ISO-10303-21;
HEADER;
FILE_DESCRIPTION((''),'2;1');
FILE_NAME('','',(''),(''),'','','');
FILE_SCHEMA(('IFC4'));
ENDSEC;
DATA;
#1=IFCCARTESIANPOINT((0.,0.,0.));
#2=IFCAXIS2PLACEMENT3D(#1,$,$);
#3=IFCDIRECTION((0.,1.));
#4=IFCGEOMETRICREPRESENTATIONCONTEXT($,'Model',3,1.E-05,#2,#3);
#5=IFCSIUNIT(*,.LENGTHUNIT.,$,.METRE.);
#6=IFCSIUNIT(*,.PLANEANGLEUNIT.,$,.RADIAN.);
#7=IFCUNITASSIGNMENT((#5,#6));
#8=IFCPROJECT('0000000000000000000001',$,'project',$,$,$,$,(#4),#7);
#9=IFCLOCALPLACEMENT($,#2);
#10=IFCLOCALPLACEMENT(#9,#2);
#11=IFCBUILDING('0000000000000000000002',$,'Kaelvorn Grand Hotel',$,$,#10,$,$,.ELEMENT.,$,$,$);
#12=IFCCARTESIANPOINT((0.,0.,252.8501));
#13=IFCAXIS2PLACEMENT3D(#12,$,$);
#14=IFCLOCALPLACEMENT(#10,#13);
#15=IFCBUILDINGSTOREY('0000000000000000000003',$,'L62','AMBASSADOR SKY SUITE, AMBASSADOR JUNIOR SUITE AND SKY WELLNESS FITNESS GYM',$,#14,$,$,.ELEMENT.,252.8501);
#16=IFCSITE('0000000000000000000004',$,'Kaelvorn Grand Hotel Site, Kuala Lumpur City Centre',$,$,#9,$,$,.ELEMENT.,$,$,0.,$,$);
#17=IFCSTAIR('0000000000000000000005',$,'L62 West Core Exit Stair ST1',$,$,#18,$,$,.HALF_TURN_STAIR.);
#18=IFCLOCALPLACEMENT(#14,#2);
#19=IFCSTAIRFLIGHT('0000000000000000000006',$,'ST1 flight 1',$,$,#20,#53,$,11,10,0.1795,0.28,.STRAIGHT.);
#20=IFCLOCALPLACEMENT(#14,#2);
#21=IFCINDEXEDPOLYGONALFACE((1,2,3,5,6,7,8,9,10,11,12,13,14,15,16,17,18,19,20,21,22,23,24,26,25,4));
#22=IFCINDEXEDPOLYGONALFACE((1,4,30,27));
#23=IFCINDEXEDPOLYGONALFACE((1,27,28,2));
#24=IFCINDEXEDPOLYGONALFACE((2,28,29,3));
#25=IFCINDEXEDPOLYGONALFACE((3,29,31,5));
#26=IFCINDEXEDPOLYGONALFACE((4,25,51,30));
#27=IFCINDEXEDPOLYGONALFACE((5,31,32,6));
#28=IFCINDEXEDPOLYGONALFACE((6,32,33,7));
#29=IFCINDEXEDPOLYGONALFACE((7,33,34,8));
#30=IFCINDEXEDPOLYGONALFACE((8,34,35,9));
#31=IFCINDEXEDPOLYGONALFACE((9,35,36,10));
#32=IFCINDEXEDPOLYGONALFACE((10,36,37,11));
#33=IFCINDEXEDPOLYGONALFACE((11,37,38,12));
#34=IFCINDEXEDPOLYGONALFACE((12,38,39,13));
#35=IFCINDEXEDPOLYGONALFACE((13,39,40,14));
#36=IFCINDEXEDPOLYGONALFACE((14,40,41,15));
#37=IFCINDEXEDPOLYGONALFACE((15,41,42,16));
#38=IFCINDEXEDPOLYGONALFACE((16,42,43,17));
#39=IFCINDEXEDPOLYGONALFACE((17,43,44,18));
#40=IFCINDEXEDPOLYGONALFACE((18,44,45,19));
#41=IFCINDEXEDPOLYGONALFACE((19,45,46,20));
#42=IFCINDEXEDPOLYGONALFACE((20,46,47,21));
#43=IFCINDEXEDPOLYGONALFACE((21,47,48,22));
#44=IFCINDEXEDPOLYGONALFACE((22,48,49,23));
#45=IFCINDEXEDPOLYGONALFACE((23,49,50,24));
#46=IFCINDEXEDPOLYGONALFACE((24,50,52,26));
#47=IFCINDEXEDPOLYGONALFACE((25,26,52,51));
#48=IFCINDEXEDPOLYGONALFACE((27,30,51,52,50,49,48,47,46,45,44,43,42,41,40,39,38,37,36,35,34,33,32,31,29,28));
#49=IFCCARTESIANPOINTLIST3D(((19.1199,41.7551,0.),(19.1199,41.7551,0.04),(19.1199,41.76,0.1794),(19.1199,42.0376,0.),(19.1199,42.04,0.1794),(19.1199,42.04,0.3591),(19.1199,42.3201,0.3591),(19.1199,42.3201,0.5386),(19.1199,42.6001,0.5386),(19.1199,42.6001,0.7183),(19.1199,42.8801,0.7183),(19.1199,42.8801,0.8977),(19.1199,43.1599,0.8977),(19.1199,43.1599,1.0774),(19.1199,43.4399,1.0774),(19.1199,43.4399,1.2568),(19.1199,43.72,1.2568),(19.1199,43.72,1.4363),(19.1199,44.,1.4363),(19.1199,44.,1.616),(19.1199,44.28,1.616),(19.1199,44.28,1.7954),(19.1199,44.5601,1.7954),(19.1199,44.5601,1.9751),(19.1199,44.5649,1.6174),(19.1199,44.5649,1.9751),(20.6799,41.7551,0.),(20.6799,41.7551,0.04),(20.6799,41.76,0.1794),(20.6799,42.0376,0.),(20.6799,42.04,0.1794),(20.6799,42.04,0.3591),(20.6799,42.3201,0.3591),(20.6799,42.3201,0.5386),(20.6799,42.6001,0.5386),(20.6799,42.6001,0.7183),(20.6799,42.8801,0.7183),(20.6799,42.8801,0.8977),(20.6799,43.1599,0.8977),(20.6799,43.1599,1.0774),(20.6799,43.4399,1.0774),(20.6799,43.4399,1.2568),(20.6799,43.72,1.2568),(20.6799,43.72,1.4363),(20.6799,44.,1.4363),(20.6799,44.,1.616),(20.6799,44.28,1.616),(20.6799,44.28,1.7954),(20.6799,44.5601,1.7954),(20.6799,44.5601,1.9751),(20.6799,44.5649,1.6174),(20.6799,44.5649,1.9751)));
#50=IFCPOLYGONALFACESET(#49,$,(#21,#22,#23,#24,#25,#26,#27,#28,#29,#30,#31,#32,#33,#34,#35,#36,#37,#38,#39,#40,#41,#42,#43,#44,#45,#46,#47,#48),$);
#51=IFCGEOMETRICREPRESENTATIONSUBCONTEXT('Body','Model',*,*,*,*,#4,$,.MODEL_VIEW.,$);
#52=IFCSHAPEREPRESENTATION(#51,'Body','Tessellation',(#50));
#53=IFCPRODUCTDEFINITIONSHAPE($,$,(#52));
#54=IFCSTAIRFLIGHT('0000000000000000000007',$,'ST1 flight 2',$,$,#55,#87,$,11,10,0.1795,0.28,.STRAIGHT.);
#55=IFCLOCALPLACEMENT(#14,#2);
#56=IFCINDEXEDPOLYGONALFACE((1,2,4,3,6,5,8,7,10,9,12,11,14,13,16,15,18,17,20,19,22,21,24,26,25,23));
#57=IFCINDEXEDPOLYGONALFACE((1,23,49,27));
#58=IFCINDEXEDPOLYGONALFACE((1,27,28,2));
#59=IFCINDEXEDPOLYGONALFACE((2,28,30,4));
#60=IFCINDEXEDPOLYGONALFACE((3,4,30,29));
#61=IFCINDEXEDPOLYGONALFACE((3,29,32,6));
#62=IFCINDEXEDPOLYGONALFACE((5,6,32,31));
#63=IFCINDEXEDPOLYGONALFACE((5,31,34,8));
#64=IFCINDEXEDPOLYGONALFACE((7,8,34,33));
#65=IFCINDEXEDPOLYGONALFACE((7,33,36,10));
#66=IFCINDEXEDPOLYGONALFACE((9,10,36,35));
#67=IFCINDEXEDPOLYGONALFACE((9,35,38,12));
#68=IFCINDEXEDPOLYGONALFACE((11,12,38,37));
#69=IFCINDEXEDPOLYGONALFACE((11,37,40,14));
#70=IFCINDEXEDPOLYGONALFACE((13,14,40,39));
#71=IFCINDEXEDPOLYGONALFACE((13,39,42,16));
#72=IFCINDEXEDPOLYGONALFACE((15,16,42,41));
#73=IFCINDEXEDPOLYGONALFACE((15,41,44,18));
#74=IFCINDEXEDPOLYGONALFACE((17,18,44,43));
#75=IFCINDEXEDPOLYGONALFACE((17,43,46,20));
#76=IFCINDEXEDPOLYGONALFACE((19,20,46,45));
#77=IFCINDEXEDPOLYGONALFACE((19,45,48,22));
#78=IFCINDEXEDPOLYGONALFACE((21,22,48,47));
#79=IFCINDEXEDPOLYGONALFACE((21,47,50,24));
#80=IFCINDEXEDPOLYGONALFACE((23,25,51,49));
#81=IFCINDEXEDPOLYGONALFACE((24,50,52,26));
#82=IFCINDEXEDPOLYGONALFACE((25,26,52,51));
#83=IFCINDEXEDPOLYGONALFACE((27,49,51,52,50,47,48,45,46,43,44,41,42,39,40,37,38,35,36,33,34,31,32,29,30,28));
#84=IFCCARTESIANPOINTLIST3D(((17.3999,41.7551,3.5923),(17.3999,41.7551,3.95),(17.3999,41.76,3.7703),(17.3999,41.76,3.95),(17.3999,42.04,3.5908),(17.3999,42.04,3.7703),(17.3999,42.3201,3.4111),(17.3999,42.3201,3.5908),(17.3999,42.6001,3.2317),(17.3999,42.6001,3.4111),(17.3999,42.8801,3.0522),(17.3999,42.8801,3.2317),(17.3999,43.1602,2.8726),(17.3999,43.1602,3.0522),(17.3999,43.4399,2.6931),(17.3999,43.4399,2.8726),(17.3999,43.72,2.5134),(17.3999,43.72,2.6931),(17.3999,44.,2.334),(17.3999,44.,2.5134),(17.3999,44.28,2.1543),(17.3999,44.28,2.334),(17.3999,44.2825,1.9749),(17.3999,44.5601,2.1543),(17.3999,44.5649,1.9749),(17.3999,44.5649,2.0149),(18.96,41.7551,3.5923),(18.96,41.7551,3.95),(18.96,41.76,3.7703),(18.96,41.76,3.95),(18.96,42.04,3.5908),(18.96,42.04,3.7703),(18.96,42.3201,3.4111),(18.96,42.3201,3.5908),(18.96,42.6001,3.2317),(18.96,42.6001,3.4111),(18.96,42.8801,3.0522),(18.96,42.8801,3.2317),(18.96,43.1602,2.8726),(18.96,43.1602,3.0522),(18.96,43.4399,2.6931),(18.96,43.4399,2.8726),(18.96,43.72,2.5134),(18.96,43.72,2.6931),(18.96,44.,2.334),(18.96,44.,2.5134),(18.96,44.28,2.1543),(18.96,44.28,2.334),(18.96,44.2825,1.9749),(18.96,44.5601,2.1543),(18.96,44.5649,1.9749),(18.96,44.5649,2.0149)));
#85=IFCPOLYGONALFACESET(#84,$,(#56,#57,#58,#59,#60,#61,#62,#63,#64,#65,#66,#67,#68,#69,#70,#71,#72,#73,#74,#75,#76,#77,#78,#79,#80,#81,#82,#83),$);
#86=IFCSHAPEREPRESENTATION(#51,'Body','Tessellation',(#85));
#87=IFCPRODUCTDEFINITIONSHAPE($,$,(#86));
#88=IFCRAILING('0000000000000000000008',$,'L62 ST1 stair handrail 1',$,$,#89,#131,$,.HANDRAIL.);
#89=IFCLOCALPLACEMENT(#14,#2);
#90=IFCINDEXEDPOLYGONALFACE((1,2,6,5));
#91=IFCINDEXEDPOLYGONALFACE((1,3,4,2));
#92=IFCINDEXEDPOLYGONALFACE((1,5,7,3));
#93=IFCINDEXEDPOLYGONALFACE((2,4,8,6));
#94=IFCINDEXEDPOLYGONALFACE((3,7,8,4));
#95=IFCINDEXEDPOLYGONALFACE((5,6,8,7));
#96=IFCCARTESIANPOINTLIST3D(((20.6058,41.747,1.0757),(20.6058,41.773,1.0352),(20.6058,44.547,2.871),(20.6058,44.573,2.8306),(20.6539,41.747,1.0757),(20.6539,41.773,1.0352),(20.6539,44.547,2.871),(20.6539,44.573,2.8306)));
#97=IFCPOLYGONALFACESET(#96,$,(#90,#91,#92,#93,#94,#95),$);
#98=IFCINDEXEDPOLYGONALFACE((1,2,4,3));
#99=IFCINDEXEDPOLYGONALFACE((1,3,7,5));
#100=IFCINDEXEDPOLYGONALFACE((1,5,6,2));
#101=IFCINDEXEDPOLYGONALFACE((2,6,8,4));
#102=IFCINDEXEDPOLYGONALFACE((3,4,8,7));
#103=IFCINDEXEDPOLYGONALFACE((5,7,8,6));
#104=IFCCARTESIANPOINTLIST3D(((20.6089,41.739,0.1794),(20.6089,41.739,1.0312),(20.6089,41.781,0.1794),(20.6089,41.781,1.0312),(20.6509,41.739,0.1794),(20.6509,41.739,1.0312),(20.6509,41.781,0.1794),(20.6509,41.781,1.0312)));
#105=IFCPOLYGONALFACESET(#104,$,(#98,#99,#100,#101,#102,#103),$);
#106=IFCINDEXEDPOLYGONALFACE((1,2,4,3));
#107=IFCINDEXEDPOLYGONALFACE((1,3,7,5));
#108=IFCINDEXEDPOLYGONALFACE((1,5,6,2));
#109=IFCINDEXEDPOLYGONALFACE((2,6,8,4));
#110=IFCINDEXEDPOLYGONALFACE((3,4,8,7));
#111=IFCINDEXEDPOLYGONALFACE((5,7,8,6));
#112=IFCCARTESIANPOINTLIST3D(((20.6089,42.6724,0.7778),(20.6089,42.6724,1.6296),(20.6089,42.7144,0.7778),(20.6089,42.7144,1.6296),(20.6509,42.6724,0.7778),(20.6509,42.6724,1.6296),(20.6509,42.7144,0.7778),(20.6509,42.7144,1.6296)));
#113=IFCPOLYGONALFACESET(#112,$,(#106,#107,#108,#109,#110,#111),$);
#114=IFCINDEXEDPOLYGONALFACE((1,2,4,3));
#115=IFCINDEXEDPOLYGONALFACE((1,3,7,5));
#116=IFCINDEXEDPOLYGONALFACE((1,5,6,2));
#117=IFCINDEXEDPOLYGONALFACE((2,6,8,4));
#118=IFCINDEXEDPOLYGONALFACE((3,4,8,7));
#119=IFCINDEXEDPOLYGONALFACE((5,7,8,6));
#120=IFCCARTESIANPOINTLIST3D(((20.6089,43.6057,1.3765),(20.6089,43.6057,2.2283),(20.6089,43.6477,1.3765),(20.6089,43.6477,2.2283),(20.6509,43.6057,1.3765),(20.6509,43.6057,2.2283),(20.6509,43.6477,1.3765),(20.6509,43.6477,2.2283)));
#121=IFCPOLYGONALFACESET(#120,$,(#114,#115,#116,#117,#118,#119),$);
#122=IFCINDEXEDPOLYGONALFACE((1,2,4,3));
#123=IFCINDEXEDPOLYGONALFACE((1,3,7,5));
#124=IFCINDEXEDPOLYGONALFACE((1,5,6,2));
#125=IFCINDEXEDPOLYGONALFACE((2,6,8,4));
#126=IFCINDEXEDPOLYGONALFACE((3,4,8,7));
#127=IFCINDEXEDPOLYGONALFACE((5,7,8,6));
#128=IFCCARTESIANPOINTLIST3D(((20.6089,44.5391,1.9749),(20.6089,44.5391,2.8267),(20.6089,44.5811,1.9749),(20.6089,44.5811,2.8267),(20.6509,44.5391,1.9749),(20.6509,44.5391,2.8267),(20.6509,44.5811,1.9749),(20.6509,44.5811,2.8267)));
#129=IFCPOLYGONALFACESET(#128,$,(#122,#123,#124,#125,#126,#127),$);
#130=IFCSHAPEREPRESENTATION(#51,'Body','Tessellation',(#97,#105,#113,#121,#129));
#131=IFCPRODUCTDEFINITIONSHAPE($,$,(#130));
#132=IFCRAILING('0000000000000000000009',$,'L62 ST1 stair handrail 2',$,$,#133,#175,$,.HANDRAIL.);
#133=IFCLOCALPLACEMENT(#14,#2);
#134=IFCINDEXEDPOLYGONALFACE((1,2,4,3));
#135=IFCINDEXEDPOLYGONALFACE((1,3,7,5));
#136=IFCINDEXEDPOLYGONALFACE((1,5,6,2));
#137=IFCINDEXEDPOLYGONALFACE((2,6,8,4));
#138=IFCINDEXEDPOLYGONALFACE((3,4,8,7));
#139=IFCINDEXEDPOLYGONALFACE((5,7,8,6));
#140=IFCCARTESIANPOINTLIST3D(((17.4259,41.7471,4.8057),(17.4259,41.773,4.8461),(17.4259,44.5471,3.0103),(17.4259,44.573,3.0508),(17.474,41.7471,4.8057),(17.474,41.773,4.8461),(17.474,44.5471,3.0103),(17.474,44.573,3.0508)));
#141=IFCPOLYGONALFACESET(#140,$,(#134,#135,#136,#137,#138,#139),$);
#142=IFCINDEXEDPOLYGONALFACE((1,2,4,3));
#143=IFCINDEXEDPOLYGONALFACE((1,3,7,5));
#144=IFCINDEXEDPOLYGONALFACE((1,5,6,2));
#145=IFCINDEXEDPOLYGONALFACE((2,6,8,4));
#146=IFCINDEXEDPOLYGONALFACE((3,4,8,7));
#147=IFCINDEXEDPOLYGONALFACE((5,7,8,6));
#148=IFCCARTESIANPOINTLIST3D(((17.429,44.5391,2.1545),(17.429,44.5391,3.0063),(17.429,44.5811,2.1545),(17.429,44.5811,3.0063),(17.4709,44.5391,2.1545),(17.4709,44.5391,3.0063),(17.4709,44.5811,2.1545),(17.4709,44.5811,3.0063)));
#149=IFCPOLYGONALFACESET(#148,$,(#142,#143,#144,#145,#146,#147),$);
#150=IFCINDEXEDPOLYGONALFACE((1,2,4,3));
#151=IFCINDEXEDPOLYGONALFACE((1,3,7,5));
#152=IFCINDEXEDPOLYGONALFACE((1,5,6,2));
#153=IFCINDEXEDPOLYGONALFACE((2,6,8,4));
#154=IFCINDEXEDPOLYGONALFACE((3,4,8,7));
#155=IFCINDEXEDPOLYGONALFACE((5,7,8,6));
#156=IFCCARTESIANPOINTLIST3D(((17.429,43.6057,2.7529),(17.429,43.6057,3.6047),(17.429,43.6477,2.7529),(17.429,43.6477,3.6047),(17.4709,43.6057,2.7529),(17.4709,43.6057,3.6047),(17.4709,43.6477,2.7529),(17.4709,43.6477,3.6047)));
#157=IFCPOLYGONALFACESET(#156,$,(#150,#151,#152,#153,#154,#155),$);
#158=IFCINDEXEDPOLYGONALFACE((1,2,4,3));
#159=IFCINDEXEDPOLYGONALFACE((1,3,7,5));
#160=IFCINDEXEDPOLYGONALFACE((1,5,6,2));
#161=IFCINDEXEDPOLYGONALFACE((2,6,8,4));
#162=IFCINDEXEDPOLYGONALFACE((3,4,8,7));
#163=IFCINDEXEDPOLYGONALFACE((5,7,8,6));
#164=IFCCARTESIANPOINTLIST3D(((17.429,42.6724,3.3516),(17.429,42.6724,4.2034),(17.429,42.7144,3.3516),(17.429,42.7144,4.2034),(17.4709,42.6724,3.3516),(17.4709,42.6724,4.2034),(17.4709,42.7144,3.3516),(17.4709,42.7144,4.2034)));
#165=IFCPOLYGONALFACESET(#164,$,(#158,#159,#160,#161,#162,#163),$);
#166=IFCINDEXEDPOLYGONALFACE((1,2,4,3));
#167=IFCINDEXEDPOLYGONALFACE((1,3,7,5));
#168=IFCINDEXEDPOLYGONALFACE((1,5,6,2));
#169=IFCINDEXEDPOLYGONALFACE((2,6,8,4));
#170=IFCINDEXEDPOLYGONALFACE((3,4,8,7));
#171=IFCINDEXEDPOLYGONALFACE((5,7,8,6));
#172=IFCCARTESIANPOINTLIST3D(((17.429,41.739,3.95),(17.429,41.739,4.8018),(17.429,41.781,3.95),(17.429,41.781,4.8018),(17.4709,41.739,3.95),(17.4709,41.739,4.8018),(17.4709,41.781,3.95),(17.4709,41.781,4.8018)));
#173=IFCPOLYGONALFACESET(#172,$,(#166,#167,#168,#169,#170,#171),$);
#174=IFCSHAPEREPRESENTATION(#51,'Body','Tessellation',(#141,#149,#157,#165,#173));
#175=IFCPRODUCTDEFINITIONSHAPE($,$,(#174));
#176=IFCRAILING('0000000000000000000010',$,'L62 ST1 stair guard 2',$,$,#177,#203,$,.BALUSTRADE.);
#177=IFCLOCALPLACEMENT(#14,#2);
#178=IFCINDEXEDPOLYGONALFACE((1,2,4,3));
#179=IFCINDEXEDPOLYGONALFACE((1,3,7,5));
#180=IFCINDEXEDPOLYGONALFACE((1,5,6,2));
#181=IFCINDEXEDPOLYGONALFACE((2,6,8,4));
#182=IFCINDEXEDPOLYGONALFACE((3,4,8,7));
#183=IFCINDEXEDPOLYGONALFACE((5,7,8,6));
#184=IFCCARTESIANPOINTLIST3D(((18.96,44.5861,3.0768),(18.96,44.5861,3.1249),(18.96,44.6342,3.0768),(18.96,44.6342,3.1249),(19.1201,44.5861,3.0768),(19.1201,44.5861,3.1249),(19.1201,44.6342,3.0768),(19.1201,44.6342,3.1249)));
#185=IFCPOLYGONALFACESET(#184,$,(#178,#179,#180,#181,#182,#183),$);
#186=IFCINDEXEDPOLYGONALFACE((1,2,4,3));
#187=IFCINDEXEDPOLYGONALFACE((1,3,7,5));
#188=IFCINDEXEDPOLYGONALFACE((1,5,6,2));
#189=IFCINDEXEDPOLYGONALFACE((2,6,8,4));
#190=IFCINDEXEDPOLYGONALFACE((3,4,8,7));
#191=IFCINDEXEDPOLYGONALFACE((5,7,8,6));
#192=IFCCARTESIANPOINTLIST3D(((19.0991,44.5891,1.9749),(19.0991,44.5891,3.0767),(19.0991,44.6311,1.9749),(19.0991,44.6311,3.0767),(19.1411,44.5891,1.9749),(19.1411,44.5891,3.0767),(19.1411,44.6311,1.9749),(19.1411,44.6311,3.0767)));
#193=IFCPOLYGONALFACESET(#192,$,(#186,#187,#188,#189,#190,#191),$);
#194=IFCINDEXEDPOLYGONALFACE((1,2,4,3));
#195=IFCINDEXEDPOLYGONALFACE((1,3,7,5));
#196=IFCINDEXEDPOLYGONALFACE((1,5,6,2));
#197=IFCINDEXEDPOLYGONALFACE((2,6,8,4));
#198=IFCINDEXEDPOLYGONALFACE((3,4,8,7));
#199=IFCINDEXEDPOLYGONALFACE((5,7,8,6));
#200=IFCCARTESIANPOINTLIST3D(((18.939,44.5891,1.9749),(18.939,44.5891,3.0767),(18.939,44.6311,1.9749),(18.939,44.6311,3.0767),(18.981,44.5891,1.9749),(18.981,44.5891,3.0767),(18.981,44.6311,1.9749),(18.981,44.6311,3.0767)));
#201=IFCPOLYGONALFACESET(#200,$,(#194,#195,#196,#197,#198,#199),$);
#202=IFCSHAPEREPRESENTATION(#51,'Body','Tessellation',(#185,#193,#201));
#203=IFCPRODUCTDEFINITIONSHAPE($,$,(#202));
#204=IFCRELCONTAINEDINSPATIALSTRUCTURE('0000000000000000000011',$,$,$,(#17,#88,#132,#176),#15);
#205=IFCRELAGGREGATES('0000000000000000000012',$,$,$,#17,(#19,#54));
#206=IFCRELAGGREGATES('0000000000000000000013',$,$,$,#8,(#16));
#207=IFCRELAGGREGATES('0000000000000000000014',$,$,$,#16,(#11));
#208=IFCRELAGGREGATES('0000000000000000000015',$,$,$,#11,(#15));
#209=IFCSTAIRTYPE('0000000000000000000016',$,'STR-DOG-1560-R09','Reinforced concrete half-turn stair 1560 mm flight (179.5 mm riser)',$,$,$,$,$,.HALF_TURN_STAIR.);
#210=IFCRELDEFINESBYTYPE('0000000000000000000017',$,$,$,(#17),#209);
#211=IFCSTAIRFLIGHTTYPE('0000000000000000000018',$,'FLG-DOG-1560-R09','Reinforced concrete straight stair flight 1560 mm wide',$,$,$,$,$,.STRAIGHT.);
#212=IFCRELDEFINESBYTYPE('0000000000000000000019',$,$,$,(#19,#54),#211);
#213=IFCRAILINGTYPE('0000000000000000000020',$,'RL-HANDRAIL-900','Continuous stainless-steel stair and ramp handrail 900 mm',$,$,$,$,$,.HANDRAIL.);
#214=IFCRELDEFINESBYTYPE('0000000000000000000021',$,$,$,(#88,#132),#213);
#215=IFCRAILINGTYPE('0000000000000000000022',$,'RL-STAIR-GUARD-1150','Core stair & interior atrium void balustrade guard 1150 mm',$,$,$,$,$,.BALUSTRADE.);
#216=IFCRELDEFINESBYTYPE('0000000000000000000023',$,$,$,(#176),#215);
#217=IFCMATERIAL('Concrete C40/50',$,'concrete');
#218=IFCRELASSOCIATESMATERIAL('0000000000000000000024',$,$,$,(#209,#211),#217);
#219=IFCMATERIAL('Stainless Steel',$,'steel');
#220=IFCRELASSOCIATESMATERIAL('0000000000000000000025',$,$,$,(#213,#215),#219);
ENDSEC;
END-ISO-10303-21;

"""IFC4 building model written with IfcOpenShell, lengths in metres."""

from ifc_helpers import new_model, si_unit, direction, frame, origin, origin_2d, place, context, subcontext, project, spatial, polyline, rectangle, outline, extrude, material, type_object, element, aggregate, save


model = new_model("IFC4")

# Units and contexts
model_context = context("Model", 3, precision=1e-05, world=origin(), true_north=direction((0.0, 1.0)))
body_context = subcontext(model_context, "Body", "Model", "MODEL_VIEW")
ifc_project = project(units=[si_unit("LENGTHUNIT", "METRE"), si_unit("PLANEANGLEUNIT", "RADIAN")], contexts=[model_context])

# Site, building, storey
site_placement = place(None, origin())
site = spatial("IfcSite", under=ifc_project, at=site_placement, Name="Kaelvorn Grand Hotel Site, Kuala Lumpur City Centre", CompositionType="ELEMENT", RefElevation=0.0)
building_placement = place(site_placement, origin())
building = spatial("IfcBuilding", under=site, at=building_placement, Name="Kaelvorn Grand Hotel", CompositionType="ELEMENT")
storey_placement = place(building_placement, frame((0.0, 0.0, 252.8501)))
storey = spatial("IfcBuildingStorey", under=building, at=storey_placement, Name="L62", Description="AMBASSADOR SKY SUITE, AMBASSADOR JUNIOR SUITE AND SKY WELLNESS FITNESS GYM", CompositionType="ELEMENT", Elevation=252.8501)

# Shared definitions
ifc_material_1 = material(Name="Concrete C40/50", Category="concrete")

# Stair, stair flights
stair_type = type_object("IfcStairType", Name="STR-DOG-1560-R09", Description="Reinforced concrete half-turn stair 1560 mm flight (179.5 mm riser)", PredefinedType="HALF_TURN_STAIR", material=ifc_material_1)
stair_placement = place(storey_placement, origin())
stair = element("IfcStair", 1, at=stair_placement, inside=storey, type_object=stair_type, Name="L62 West Core Exit Stair ST1", PredefinedType="HALF_TURN_STAIR")
stair_flight_type = type_object("IfcStairFlightType", Name="FLG-DOG-1560-R09", Description="Reinforced concrete straight stair flight 1560 mm wide", PredefinedType="STRAIGHT", material=ifc_material_1)
stair_flight_1_placement = place(storey_placement, frame((19.8999, 41.76, 0.0), z_axis=(0.0, 0.0, 1.0), x_axis=(0.0, 1.0, 0.0)))
stair_flight_1 = element("IfcStairFlight", 2, at=stair_flight_1_placement, type_object=stair_flight_type, Name="ST1 flight 1", NumberOfRisers=11, NumberOfTreads=10, PredefinedType="STRAIGHT", RiserHeight=0.1795, TreadLength=0.28, context=body_context, shape_type="SweptSolid", body=[
    extrude(outline(polyline([(-0.0049, 0.0), (-0.0049, 0.04), (0.0, 0.1794), (0.28, 0.1794), (0.28, 0.3591), (0.5601, 0.3591), (0.5601, 0.5386), (0.8401, 0.5386), (0.8401, 0.7183), (1.1201, 0.7183), (1.1201, 0.8977), (1.3999, 0.8977), (1.3999, 1.0774), (1.6799, 1.0774), (1.6799, 1.2568), (1.96, 1.2568), (1.96, 1.4363), (2.24, 1.4363), (2.24, 1.616), (2.52, 1.616), (2.52, 1.7954), (2.8, 1.7954), (2.8, 1.9751), (2.8049, 1.9751), (2.8049, 1.6174), (0.2776, 0.0), (-0.0049, 0.0)])), frame((0.0, 0.78, 0.0), z_axis=(0.0, -1.0, 0.0), x_axis=(1.0, 0.0, 0.0)), (0.0, 0.0, 1.0), 1.5601),
])
stair_flight_2_placement = place(storey_placement, frame((18.1799, 44.5601, 1.9749), z_axis=(0.0, 0.0, 1.0), x_axis=(0.0, -1.0, 0.0)))
stair_flight_2 = element("IfcStairFlight", 3, at=stair_flight_2_placement, type_object=stair_flight_type, Name="ST1 flight 2", NumberOfRisers=11, NumberOfTreads=10, PredefinedType="STRAIGHT", RiserHeight=0.1795, TreadLength=0.28, context=body_context, shape_type="SweptSolid", body=[
    extrude(outline(polyline([(-0.0049, 0.0), (-0.0049, 0.04), (0.0, 0.1794), (0.28, 0.1794), (0.28, 0.3591), (0.5601, 0.3591), (0.5601, 0.5386), (0.8401, 0.5386), (0.8401, 0.7183), (1.1201, 0.7183), (1.1201, 0.8977), (1.3999, 0.8977), (1.3999, 1.0774), (1.6799, 1.0774), (1.6799, 1.2568), (1.96, 1.2568), (1.96, 1.4363), (2.24, 1.4363), (2.24, 1.616), (2.52, 1.616), (2.52, 1.7954), (2.8, 1.7954), (2.8, 1.9751), (2.8049, 1.9751), (2.8049, 1.6174), (0.2776, 0.0), (-0.0049, 0.0)])), frame((0.0, 0.78, 0.0), z_axis=(0.0, -1.0, 0.0), x_axis=(1.0, 0.0, 0.0)), (0.0, 0.0, 1.0), 1.5601),
])
aggregate(stair, [stair_flight_1, stair_flight_2])

# Railings
ifc_material_2 = material(Name="Stainless Steel", Category="steel")
railing_type_1 = type_object("IfcRailingType", Name="RL-HANDRAIL-900", Description="Continuous stainless-steel stair and ramp handrail 900 mm", PredefinedType="HANDRAIL", material=ifc_material_2)
railing_1_placement = place(storey_placement, frame((20.6299, 41.76, 0.1794)))
element("IfcRailing", 4, at=railing_1_placement, inside=storey, type_object=railing_type_1, Name="L62 ST1 stair handrail 1", PredefinedType="HANDRAIL", context=body_context, shape_type="SweptSolid", body=[
    extrude(rectangle(XDim=0.0481, YDim=0.0481, at=origin_2d()), frame((0.0, 0.0, 0.876), z_axis=(0.0, 0.84181, 0.539774), x_axis=(-1.0, 0.0, 0.0)), (0.0, 0.0, 1.0), 3.3262),
    extrude(rectangle(XDim=0.042, YDim=0.042, at=origin_2d()), origin(), (0.0, 0.0, 1.0), 0.8518),
    extrude(rectangle(XDim=0.042, YDim=0.042, at=origin_2d()), frame((0.0, 0.9333, 0.5984)), (0.0, 0.0, 1.0), 0.8518),
    extrude(rectangle(XDim=0.042, YDim=0.042, at=origin_2d()), frame((0.0, 1.8667, 1.197)), (0.0, 0.0, 1.0), 0.8518),
    extrude(rectangle(XDim=0.042, YDim=0.042, at=origin_2d()), frame((0.0, 2.8, 1.7954)), (0.0, 0.0, 1.0), 0.8518),
])
railing_2_placement = place(storey_placement, frame((17.45, 44.5601, 2.1545)))
element("IfcRailing", 5, at=railing_2_placement, inside=storey, type_object=railing_type_1, Name="L62 ST1 stair handrail 2", PredefinedType="HANDRAIL", context=body_context, shape_type="SweptSolid", body=[
    extrude(rectangle(XDim=0.0481, YDim=0.0481, at=origin_2d()), frame((0.0, 0.0, 0.876), z_axis=(0.0, -0.84181, 0.539774), x_axis=(1.0, 0.0, 0.0)), (0.0, 0.0, 1.0), 3.3262),
    extrude(rectangle(XDim=0.042, YDim=0.042, at=origin_2d()), origin(), (0.0, 0.0, 1.0), 0.8518),
    extrude(rectangle(XDim=0.042, YDim=0.042, at=origin_2d()), frame((0.0, -0.9333, 0.5984)), (0.0, 0.0, 1.0), 0.8518),
    extrude(rectangle(XDim=0.042, YDim=0.042, at=origin_2d()), frame((0.0, -1.8667, 1.197)), (0.0, 0.0, 1.0), 0.8518),
    extrude(rectangle(XDim=0.042, YDim=0.042, at=origin_2d()), frame((0.0, -2.8, 1.7954)), (0.0, 0.0, 1.0), 0.8518),
])
railing_type_2 = type_object("IfcRailingType", Name="RL-STAIR-GUARD-1150", Description="Core stair & interior atrium void balustrade guard 1150 mm", PredefinedType="BALUSTRADE", material=ifc_material_2)
railing_3_placement = place(storey_placement, frame((19.1201, 44.6101, 1.9749)))
element("IfcRailing", 6, at=railing_3_placement, inside=storey, type_object=railing_type_2, Name="L62 ST1 stair guard 2", PredefinedType="BALUSTRADE", context=body_context, shape_type="SweptSolid", body=[
    extrude(rectangle(XDim=0.0481, YDim=0.0481, at=origin_2d()), frame((0.0, 0.0, 1.126), z_axis=(-1.0, 0.0, 0.0), x_axis=(0.0, -1.0, 0.0)), (0.0, 0.0, 1.0), 0.1602),
    extrude(rectangle(XDim=0.042, YDim=0.042, at=origin_2d()), origin(), (0.0, 0.0, 1.0), 1.1018),
    extrude(rectangle(XDim=0.042, YDim=0.042, at=origin_2d()), frame((-0.1602, 0.0, 0.0)), (0.0, 0.0, 1.0), 1.1018),
])

save(model, "model.ifc")
